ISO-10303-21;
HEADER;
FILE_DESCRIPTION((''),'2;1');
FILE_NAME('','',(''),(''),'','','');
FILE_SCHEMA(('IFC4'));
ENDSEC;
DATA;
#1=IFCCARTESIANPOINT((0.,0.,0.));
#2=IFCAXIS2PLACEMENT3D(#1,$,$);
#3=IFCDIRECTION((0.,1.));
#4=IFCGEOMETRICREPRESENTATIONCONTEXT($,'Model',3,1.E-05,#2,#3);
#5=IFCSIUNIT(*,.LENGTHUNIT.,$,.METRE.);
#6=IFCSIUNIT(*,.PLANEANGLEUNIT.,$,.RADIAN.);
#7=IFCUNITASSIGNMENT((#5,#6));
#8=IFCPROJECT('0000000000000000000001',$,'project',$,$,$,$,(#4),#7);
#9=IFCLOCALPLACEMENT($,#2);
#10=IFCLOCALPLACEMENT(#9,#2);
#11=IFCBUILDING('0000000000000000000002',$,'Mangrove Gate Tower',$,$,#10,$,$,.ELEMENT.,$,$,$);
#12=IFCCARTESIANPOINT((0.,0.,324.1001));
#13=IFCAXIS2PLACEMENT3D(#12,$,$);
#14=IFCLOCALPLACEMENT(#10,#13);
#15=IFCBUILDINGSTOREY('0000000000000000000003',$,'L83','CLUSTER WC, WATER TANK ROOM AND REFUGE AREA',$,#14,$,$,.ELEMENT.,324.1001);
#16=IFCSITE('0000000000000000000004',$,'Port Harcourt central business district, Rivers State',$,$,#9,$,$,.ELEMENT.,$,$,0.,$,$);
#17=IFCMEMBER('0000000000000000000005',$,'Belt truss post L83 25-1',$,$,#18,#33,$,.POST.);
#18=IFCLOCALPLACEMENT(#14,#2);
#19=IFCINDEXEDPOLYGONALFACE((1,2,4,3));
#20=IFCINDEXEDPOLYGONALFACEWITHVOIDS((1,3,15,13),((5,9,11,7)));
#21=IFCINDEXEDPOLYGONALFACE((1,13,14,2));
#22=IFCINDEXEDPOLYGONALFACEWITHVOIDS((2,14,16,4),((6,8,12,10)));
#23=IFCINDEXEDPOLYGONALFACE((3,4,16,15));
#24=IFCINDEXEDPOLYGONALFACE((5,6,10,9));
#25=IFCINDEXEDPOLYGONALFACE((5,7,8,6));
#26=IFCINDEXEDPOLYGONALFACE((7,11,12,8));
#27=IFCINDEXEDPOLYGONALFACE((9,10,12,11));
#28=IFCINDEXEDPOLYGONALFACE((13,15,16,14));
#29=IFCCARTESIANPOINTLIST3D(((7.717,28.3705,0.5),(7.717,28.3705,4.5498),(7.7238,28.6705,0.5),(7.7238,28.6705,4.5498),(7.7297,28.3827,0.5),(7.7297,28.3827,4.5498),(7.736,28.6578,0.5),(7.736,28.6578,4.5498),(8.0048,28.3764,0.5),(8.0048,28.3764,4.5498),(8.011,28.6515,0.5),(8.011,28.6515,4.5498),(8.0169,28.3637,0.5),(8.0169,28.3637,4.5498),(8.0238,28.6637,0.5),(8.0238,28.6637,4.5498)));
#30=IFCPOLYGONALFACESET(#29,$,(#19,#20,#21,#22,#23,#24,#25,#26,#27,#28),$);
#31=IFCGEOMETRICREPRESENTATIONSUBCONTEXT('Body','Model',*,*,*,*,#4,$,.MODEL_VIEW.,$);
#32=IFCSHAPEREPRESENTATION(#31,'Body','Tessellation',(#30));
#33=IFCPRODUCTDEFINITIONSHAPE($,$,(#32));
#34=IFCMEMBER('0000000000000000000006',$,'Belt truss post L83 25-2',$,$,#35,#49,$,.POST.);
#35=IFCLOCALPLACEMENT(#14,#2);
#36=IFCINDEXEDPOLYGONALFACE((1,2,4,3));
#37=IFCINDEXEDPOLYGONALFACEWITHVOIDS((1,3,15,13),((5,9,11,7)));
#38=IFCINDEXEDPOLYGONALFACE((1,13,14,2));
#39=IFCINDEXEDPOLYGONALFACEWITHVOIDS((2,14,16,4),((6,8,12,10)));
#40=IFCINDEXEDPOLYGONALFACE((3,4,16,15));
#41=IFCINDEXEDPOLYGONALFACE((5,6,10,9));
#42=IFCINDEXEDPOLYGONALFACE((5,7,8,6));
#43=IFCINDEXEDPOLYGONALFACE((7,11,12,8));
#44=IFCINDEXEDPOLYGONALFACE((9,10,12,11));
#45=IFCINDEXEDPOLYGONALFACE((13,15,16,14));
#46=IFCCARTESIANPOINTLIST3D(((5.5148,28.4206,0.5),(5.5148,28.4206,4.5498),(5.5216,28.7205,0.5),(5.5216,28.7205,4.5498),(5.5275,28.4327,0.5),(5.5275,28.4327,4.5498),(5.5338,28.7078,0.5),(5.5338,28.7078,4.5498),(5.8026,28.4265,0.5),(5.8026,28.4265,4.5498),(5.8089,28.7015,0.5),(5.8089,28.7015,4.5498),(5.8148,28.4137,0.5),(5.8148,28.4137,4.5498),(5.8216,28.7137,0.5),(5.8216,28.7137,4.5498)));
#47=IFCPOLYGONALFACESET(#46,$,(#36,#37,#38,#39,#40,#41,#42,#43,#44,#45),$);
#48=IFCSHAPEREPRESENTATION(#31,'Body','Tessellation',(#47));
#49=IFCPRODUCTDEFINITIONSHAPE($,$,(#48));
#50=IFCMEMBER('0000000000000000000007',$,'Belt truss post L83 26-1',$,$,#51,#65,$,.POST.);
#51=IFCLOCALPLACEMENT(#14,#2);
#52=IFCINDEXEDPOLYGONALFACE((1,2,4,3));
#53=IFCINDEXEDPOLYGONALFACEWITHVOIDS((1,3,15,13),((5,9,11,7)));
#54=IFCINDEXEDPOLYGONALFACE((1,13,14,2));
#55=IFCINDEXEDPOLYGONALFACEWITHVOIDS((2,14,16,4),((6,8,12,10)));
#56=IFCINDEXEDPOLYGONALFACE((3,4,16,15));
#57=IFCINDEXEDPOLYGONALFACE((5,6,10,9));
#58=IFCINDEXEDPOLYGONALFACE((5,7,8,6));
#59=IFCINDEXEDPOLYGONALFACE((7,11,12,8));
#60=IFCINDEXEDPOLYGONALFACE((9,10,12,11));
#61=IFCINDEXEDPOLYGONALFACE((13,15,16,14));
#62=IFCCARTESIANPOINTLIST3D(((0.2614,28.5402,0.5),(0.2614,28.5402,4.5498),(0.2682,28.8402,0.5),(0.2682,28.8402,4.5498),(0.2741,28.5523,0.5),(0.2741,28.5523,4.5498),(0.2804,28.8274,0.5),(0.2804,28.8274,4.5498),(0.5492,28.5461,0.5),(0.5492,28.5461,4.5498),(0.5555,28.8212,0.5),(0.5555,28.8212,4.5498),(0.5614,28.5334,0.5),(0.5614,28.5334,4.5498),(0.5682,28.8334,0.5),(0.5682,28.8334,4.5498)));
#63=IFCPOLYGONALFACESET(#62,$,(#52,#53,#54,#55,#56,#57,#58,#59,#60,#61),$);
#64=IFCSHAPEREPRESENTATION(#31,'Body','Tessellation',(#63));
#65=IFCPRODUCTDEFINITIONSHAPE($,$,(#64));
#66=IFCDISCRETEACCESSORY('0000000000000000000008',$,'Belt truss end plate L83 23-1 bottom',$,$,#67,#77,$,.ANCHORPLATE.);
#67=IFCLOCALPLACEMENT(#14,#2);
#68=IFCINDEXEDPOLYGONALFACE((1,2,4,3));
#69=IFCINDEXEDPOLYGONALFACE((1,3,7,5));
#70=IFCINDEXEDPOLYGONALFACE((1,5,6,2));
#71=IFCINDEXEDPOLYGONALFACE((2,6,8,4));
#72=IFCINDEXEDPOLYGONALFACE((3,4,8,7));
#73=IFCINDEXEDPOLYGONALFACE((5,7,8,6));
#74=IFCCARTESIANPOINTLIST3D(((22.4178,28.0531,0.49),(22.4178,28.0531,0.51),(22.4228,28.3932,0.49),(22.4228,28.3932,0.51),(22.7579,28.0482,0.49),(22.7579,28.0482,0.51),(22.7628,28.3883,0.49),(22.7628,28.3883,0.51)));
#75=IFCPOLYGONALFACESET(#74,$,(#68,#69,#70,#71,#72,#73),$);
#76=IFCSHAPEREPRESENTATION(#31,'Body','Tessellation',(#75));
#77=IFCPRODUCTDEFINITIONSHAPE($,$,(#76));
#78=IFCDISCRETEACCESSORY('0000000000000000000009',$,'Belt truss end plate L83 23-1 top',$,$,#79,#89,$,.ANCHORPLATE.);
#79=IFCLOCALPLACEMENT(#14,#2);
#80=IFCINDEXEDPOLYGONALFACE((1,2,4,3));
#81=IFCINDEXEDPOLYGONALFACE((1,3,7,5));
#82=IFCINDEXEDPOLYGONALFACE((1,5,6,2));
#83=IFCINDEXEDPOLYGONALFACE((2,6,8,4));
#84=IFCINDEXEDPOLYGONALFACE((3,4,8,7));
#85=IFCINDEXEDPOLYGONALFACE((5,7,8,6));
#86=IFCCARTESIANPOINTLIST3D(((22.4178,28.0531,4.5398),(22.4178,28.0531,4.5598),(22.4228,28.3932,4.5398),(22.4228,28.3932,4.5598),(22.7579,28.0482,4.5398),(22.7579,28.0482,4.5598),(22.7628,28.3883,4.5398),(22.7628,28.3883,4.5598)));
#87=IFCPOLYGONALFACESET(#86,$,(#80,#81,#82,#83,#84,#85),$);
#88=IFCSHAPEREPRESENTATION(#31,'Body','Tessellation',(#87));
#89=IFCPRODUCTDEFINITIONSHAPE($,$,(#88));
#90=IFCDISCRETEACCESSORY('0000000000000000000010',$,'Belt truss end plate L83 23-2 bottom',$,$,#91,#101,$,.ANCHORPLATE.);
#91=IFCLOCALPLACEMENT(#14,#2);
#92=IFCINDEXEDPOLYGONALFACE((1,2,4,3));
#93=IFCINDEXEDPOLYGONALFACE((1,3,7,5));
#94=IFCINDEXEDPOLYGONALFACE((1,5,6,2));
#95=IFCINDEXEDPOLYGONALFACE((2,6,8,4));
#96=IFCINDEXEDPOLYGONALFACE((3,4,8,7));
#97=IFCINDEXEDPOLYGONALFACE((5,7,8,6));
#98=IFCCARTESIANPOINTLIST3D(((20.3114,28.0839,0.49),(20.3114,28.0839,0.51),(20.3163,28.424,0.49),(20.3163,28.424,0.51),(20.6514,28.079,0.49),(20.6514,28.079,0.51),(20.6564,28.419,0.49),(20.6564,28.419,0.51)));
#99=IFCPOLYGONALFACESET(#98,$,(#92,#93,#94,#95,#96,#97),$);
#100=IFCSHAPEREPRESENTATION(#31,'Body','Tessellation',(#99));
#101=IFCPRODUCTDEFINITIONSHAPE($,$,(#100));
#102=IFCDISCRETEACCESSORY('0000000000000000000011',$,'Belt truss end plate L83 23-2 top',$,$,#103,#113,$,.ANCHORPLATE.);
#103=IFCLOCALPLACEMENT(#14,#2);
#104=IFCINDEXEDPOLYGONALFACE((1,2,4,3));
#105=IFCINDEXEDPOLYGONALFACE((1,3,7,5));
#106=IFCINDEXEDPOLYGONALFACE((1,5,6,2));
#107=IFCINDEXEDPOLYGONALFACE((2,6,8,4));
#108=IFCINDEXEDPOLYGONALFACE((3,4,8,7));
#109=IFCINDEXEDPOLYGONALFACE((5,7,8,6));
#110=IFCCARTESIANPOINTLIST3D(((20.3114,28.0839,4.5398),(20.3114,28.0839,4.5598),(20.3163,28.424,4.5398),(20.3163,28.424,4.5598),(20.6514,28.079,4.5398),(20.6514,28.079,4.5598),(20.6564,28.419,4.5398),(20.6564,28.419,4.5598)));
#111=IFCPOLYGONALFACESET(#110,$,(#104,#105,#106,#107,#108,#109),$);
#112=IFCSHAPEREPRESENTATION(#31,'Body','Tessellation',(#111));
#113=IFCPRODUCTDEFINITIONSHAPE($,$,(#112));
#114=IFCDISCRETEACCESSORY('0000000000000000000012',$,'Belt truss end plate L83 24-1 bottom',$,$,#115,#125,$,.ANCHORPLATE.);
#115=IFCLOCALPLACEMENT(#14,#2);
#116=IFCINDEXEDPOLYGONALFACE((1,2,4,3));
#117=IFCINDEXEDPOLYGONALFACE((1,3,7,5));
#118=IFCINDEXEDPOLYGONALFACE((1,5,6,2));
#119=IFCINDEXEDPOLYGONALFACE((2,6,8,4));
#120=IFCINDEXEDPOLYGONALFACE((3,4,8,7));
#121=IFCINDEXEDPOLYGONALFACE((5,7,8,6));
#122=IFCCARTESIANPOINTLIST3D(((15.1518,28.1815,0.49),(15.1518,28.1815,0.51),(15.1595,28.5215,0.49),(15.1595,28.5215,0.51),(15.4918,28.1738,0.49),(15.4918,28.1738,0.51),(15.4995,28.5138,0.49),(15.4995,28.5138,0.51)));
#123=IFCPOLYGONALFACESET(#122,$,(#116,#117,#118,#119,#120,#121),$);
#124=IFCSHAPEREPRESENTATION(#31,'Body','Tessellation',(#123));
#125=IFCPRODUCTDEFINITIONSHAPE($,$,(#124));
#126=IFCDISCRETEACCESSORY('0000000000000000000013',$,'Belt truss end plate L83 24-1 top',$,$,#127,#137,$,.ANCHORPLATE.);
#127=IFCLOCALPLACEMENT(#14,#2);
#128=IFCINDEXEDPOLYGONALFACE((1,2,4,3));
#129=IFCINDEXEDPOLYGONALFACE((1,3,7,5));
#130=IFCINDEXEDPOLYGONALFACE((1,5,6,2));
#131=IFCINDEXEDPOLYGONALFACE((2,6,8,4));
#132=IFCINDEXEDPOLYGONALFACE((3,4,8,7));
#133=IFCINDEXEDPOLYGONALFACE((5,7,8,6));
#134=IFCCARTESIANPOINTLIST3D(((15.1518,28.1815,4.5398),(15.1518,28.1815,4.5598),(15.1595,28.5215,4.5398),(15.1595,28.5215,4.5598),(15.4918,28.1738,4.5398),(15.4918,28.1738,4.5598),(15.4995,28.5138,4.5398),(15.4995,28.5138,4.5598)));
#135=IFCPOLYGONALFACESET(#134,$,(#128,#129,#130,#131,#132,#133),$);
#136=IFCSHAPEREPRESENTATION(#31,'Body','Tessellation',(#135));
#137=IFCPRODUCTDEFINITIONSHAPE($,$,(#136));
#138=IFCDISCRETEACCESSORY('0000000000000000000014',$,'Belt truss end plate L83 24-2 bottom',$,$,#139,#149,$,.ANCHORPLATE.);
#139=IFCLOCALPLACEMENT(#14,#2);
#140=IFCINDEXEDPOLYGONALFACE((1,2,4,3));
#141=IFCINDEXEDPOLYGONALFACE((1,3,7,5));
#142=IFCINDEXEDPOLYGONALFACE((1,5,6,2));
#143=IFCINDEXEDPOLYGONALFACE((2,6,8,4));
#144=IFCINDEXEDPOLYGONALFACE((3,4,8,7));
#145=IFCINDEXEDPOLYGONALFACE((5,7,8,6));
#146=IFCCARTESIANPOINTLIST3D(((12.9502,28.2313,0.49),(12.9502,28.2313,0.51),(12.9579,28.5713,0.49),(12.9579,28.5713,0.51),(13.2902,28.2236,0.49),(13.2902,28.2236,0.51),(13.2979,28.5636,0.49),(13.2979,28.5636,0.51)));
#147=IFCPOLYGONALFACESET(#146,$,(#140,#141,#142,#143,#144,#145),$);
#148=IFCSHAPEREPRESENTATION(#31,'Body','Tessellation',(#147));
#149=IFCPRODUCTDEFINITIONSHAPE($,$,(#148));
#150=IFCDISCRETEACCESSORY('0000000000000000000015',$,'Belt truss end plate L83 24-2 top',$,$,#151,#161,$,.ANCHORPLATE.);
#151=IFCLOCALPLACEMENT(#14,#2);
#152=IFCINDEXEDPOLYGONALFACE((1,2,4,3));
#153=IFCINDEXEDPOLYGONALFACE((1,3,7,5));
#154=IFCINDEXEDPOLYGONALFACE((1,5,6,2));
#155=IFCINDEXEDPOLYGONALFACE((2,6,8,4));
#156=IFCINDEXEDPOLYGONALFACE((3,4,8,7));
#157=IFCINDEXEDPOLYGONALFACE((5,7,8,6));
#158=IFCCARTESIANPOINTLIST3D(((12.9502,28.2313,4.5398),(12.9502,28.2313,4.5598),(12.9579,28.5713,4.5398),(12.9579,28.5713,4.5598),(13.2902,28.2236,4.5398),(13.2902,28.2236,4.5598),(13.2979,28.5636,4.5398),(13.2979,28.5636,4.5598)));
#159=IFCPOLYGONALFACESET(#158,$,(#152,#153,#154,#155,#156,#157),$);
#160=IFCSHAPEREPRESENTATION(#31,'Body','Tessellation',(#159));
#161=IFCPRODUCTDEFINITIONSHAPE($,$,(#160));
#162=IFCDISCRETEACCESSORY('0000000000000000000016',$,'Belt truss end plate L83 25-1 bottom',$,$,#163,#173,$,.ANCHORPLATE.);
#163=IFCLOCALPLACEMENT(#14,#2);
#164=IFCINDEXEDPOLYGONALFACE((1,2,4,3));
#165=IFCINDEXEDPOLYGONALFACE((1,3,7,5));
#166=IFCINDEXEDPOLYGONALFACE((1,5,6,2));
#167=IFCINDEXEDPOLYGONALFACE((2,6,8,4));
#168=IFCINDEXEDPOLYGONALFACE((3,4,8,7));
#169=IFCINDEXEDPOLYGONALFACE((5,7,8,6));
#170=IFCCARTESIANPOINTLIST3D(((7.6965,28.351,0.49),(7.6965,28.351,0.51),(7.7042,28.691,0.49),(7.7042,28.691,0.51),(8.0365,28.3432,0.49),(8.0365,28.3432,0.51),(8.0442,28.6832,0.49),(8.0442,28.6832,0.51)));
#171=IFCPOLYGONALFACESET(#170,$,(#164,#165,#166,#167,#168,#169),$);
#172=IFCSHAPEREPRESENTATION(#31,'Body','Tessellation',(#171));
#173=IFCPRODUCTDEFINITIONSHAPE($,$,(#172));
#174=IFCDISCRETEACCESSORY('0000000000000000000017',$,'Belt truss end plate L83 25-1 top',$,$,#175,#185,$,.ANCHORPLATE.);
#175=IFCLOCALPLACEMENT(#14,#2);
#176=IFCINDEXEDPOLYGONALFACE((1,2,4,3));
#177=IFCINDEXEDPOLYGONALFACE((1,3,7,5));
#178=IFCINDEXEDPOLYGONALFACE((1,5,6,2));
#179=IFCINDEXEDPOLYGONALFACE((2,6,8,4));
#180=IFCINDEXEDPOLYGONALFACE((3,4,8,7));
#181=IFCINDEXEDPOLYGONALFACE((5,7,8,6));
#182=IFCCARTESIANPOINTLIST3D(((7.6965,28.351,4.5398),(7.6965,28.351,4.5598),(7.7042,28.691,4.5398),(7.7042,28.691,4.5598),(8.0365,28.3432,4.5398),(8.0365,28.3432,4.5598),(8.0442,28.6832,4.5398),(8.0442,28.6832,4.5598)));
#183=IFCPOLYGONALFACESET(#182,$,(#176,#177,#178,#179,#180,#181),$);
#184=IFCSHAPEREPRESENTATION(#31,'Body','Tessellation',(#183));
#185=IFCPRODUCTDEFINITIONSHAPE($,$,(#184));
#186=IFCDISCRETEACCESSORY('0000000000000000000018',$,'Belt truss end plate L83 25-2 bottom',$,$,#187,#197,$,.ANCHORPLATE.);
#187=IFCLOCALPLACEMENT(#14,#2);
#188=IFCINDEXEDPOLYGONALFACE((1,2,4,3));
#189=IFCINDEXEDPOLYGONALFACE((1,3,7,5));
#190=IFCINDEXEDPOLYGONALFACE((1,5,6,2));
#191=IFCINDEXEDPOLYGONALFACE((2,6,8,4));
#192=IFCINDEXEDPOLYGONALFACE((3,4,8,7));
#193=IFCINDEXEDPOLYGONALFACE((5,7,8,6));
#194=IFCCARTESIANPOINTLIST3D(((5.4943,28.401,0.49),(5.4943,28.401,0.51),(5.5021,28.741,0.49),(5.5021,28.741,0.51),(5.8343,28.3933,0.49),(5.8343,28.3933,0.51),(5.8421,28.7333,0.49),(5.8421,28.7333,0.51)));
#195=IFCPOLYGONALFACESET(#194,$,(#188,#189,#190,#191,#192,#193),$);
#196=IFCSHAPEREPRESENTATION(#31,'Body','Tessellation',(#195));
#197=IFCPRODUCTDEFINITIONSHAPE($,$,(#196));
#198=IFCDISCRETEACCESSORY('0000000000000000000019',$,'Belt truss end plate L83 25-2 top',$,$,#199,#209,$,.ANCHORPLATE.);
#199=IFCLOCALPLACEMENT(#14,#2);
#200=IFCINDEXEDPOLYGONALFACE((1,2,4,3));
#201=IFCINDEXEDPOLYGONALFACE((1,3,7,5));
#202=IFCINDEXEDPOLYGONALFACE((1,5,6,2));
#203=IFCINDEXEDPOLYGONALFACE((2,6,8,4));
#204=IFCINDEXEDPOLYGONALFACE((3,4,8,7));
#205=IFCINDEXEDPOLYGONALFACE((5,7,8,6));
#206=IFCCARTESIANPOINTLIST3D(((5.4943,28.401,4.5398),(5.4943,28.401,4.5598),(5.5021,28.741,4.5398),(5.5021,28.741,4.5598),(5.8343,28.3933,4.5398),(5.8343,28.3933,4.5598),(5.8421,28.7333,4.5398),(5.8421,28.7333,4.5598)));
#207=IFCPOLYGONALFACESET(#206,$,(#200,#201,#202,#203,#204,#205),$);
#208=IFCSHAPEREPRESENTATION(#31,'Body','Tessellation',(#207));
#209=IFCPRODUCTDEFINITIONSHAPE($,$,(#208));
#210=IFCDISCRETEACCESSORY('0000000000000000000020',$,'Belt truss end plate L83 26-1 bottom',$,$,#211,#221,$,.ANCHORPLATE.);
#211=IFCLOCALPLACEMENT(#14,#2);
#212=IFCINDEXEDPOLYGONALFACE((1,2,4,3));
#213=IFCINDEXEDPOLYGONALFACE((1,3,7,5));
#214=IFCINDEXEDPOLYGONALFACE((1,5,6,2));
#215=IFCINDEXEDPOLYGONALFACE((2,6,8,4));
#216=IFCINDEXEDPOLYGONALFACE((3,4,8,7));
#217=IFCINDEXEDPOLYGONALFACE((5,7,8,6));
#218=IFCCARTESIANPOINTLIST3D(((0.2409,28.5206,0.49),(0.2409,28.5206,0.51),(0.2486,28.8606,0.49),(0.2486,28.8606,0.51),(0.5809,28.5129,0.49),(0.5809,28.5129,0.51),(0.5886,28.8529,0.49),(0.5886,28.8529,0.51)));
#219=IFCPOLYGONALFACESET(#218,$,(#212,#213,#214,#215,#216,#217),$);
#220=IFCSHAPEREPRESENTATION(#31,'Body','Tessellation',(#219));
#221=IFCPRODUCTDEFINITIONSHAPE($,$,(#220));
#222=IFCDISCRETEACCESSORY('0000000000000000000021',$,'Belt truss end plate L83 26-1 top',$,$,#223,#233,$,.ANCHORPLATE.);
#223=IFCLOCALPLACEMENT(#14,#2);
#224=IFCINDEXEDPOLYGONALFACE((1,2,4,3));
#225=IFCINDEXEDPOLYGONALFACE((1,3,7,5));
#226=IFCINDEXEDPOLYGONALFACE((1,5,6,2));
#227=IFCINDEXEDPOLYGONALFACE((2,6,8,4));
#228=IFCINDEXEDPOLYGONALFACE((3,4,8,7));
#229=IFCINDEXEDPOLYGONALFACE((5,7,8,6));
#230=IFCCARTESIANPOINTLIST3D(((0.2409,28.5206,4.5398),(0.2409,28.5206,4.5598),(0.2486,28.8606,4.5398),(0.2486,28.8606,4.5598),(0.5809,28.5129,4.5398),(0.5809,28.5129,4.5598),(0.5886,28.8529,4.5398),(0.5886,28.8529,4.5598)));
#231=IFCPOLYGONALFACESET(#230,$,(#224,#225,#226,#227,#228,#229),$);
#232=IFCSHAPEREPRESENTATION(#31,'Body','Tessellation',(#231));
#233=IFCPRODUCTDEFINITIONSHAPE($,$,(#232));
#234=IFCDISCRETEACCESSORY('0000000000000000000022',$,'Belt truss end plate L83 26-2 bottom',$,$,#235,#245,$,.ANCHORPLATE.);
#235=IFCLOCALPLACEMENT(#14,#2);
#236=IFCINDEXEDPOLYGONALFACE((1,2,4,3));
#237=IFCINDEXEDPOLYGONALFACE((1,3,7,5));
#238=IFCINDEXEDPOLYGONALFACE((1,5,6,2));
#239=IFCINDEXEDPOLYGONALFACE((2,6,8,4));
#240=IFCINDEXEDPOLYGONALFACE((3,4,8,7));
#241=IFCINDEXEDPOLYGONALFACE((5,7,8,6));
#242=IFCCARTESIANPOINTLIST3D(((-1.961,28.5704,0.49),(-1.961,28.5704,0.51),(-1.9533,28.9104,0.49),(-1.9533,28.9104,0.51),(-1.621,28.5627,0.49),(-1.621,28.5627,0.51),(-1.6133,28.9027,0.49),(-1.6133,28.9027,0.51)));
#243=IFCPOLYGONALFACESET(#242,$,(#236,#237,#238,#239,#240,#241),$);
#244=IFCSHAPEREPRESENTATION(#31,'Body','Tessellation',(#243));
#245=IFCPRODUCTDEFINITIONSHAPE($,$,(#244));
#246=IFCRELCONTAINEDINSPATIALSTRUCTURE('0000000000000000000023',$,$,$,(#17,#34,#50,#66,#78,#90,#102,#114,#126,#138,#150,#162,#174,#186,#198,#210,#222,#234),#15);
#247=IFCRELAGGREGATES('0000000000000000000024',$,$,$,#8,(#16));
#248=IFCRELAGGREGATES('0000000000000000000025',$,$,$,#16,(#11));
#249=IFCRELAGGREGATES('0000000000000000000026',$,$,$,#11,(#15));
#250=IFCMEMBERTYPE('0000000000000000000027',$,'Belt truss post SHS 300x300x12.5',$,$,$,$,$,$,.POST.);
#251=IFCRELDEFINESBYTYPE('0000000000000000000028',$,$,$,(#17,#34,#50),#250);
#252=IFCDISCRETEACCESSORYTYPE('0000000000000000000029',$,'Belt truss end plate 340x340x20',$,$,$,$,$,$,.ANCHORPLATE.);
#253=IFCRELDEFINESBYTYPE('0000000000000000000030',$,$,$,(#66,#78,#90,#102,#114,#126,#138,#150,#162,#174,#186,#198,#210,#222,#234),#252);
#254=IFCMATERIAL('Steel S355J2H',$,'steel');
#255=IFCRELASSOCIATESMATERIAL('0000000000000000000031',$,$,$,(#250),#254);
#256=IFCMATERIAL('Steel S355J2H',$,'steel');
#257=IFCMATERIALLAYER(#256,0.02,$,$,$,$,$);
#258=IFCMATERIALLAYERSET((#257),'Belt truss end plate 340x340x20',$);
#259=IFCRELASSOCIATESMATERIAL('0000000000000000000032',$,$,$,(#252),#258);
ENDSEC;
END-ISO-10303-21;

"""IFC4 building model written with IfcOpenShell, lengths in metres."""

from ifc_helpers import new_model, si_unit, direction, frame, origin, origin_2d, place, context, subcontext, project, spatial, rectangle, hollow_rectangle, extrude, material, layer, layer_set, material_profile, profile_set, type_object, element, save


model = new_model("IFC4")

# Units and contexts
model_context = context("Model", 3, precision=1e-05, world=origin(), true_north=direction((0.0, 1.0)))
body_context = subcontext(model_context, "Body", "Model", "MODEL_VIEW")
ifc_project = project(units=[si_unit("LENGTHUNIT", "METRE"), si_unit("PLANEANGLEUNIT", "RADIAN")], contexts=[model_context])

# Site, building, storey
site_placement = place(None, origin())
site = spatial("IfcSite", under=ifc_project, at=site_placement, Name="Port Harcourt central business district, Rivers State", CompositionType="ELEMENT", RefElevation=0.0)
building_placement = place(site_placement, origin())
building = spatial("IfcBuilding", under=site, at=building_placement, Name="Mangrove Gate Tower", CompositionType="ELEMENT")
storey_placement = place(building_placement, frame((0.0, 0.0, 324.1001)))
storey = spatial("IfcBuildingStorey", under=building, at=storey_placement, Name="L83", Description="CLUSTER WC, WATER TANK ROOM AND REFUGE AREA", CompositionType="ELEMENT", Elevation=324.1001)

# Members
ifc_material_1 = material(Name="Steel S355J2H", Category="steel")
ifc_material_profile_1 = material_profile(ifc_material_1, hollow_rectangle(XDim=0.3, YDim=0.3, WallThickness=0.0125, at=origin_2d()))
ifc_profile_set_1 = profile_set([ifc_material_profile_1], Name="Steel S355J2H")
member_type_1 = type_object("IfcMemberType", Name="Belt truss post SHS 300x300x12.5", PredefinedType="POST", material=ifc_profile_set_1)
for number, where, z_axis, x_axis, name in (
    (1, (7.8704, 28.5171, 0.5), (0.0, 0.0, 1.0), (-0.99974, 0.022795, 0.0), "Belt truss post L83 25-1"),
    (2, (5.6682, 28.5671, 0.5), (0.0, 0.0, 1.0), (-0.99974, 0.022795, 0.0), "Belt truss post L83 25-2"),
    (3, (0.4148, 28.6868, 0.5), (0.0, 0.0, 1.0), (-0.999743, 0.022663, 0.0), "Belt truss post L83 26-1"),
):
    element("IfcMember", number, at=place(storey_placement, frame(where, z_axis=z_axis, x_axis=x_axis)), inside=storey, type_object=member_type_1, Name=name, PredefinedType="POST", context=body_context, shape_type="SweptSolid", body=[
        extrude(hollow_rectangle(XDim=0.3, YDim=0.3, WallThickness=0.0125, at=origin_2d()), origin(), (0.0, 0.0, 1.0), 4.0498),
    ])

# Discrete accessories
ifc_material_2 = material(Name="Steel S355J2H", Category="steel")
ifc_layer = layer(ifc_material_2, 0.02)
ifc_layer_set = layer_set([ifc_layer], Name="Belt truss end plate 340x340x20")
discrete_accessory_type = type_object("IfcDiscreteAccessoryType", Name="Belt truss end plate 340x340x20", PredefinedType="ANCHORPLATE", material=ifc_layer_set)
for number, where, z_axis, x_axis, name in (
    (4, (22.5903, 28.2207, 0.49), (0.0, 0.0, 1.0), (-0.999895, 0.01452, 0.0), "Belt truss end plate L83 23-1 bottom"),
    (5, (22.5903, 28.2207, 4.5398), (0.0, 0.0, 1.0), (-0.999895, 0.01452, 0.0), "Belt truss end plate L83 23-1 top"),
    (6, (20.4839, 28.2515, 0.49), (0.0, 0.0, 1.0), (-0.999895, 0.01452, 0.0), "Belt truss end plate L83 23-2 bottom"),
    (7, (20.4839, 28.2515, 4.5398), (0.0, 0.0, 1.0), (-0.999895, 0.01452, 0.0), "Belt truss end plate L83 23-2 top"),
    (8, (15.3257, 28.3477, 0.49), (0.0, 0.0, 1.0), (-0.999743, 0.022664, 0.0), "Belt truss end plate L83 24-1 bottom"),
    (9, (15.3257, 28.3477, 4.5398), (0.0, 0.0, 1.0), (-0.999743, 0.022664, 0.0), "Belt truss end plate L83 24-1 top"),
    (10, (13.124, 28.3975, 0.49), (0.0, 0.0, 1.0), (-0.999743, 0.022664, 0.0), "Belt truss end plate L83 24-2 bottom"),
    (11, (13.124, 28.3975, 4.5398), (0.0, 0.0, 1.0), (-0.999743, 0.022664, 0.0), "Belt truss end plate L83 24-2 top"),
    (12, (7.8704, 28.5171, 0.49), (0.0, 0.0, 1.0), (-0.99974, 0.022795, 0.0), "Belt truss end plate L83 25-1 bottom"),
    (13, (7.8704, 28.5171, 4.5398), (0.0, 0.0, 1.0), (-0.99974, 0.022795, 0.0), "Belt truss end plate L83 25-1 top"),
    (14, (5.6682, 28.5671, 0.49), (0.0, 0.0, 1.0), (-0.99974, 0.022795, 0.0), "Belt truss end plate L83 25-2 bottom"),
    (15, (5.6682, 28.5671, 4.5398), (0.0, 0.0, 1.0), (-0.99974, 0.022795, 0.0), "Belt truss end plate L83 25-2 top"),
    (16, (0.4148, 28.6868, 0.49), (0.0, 0.0, 1.0), (-0.999743, 0.022663, 0.0), "Belt truss end plate L83 26-1 bottom"),
    (17, (0.4148, 28.6868, 4.5398), (0.0, 0.0, 1.0), (-0.999743, 0.022663, 0.0), "Belt truss end plate L83 26-1 top"),
    (18, (-1.7871, 28.7366, 0.49), (0.0, 0.0, 1.0), (-0.999743, 0.022663, 0.0), "Belt truss end plate L83 26-2 bottom"),
):
    element("IfcDiscreteAccessory", number, at=place(storey_placement, frame(where, z_axis=z_axis, x_axis=x_axis)), inside=storey, type_object=discrete_accessory_type, Name=name, PredefinedType="ANCHORPLATE", context=body_context, shape_type="SweptSolid", body=[
        extrude(rectangle(XDim=0.3401, YDim=0.3401, at=origin_2d()), origin(), (0.0, 0.0, 1.0), 0.02),
    ])

save(model, "model.ifc")
